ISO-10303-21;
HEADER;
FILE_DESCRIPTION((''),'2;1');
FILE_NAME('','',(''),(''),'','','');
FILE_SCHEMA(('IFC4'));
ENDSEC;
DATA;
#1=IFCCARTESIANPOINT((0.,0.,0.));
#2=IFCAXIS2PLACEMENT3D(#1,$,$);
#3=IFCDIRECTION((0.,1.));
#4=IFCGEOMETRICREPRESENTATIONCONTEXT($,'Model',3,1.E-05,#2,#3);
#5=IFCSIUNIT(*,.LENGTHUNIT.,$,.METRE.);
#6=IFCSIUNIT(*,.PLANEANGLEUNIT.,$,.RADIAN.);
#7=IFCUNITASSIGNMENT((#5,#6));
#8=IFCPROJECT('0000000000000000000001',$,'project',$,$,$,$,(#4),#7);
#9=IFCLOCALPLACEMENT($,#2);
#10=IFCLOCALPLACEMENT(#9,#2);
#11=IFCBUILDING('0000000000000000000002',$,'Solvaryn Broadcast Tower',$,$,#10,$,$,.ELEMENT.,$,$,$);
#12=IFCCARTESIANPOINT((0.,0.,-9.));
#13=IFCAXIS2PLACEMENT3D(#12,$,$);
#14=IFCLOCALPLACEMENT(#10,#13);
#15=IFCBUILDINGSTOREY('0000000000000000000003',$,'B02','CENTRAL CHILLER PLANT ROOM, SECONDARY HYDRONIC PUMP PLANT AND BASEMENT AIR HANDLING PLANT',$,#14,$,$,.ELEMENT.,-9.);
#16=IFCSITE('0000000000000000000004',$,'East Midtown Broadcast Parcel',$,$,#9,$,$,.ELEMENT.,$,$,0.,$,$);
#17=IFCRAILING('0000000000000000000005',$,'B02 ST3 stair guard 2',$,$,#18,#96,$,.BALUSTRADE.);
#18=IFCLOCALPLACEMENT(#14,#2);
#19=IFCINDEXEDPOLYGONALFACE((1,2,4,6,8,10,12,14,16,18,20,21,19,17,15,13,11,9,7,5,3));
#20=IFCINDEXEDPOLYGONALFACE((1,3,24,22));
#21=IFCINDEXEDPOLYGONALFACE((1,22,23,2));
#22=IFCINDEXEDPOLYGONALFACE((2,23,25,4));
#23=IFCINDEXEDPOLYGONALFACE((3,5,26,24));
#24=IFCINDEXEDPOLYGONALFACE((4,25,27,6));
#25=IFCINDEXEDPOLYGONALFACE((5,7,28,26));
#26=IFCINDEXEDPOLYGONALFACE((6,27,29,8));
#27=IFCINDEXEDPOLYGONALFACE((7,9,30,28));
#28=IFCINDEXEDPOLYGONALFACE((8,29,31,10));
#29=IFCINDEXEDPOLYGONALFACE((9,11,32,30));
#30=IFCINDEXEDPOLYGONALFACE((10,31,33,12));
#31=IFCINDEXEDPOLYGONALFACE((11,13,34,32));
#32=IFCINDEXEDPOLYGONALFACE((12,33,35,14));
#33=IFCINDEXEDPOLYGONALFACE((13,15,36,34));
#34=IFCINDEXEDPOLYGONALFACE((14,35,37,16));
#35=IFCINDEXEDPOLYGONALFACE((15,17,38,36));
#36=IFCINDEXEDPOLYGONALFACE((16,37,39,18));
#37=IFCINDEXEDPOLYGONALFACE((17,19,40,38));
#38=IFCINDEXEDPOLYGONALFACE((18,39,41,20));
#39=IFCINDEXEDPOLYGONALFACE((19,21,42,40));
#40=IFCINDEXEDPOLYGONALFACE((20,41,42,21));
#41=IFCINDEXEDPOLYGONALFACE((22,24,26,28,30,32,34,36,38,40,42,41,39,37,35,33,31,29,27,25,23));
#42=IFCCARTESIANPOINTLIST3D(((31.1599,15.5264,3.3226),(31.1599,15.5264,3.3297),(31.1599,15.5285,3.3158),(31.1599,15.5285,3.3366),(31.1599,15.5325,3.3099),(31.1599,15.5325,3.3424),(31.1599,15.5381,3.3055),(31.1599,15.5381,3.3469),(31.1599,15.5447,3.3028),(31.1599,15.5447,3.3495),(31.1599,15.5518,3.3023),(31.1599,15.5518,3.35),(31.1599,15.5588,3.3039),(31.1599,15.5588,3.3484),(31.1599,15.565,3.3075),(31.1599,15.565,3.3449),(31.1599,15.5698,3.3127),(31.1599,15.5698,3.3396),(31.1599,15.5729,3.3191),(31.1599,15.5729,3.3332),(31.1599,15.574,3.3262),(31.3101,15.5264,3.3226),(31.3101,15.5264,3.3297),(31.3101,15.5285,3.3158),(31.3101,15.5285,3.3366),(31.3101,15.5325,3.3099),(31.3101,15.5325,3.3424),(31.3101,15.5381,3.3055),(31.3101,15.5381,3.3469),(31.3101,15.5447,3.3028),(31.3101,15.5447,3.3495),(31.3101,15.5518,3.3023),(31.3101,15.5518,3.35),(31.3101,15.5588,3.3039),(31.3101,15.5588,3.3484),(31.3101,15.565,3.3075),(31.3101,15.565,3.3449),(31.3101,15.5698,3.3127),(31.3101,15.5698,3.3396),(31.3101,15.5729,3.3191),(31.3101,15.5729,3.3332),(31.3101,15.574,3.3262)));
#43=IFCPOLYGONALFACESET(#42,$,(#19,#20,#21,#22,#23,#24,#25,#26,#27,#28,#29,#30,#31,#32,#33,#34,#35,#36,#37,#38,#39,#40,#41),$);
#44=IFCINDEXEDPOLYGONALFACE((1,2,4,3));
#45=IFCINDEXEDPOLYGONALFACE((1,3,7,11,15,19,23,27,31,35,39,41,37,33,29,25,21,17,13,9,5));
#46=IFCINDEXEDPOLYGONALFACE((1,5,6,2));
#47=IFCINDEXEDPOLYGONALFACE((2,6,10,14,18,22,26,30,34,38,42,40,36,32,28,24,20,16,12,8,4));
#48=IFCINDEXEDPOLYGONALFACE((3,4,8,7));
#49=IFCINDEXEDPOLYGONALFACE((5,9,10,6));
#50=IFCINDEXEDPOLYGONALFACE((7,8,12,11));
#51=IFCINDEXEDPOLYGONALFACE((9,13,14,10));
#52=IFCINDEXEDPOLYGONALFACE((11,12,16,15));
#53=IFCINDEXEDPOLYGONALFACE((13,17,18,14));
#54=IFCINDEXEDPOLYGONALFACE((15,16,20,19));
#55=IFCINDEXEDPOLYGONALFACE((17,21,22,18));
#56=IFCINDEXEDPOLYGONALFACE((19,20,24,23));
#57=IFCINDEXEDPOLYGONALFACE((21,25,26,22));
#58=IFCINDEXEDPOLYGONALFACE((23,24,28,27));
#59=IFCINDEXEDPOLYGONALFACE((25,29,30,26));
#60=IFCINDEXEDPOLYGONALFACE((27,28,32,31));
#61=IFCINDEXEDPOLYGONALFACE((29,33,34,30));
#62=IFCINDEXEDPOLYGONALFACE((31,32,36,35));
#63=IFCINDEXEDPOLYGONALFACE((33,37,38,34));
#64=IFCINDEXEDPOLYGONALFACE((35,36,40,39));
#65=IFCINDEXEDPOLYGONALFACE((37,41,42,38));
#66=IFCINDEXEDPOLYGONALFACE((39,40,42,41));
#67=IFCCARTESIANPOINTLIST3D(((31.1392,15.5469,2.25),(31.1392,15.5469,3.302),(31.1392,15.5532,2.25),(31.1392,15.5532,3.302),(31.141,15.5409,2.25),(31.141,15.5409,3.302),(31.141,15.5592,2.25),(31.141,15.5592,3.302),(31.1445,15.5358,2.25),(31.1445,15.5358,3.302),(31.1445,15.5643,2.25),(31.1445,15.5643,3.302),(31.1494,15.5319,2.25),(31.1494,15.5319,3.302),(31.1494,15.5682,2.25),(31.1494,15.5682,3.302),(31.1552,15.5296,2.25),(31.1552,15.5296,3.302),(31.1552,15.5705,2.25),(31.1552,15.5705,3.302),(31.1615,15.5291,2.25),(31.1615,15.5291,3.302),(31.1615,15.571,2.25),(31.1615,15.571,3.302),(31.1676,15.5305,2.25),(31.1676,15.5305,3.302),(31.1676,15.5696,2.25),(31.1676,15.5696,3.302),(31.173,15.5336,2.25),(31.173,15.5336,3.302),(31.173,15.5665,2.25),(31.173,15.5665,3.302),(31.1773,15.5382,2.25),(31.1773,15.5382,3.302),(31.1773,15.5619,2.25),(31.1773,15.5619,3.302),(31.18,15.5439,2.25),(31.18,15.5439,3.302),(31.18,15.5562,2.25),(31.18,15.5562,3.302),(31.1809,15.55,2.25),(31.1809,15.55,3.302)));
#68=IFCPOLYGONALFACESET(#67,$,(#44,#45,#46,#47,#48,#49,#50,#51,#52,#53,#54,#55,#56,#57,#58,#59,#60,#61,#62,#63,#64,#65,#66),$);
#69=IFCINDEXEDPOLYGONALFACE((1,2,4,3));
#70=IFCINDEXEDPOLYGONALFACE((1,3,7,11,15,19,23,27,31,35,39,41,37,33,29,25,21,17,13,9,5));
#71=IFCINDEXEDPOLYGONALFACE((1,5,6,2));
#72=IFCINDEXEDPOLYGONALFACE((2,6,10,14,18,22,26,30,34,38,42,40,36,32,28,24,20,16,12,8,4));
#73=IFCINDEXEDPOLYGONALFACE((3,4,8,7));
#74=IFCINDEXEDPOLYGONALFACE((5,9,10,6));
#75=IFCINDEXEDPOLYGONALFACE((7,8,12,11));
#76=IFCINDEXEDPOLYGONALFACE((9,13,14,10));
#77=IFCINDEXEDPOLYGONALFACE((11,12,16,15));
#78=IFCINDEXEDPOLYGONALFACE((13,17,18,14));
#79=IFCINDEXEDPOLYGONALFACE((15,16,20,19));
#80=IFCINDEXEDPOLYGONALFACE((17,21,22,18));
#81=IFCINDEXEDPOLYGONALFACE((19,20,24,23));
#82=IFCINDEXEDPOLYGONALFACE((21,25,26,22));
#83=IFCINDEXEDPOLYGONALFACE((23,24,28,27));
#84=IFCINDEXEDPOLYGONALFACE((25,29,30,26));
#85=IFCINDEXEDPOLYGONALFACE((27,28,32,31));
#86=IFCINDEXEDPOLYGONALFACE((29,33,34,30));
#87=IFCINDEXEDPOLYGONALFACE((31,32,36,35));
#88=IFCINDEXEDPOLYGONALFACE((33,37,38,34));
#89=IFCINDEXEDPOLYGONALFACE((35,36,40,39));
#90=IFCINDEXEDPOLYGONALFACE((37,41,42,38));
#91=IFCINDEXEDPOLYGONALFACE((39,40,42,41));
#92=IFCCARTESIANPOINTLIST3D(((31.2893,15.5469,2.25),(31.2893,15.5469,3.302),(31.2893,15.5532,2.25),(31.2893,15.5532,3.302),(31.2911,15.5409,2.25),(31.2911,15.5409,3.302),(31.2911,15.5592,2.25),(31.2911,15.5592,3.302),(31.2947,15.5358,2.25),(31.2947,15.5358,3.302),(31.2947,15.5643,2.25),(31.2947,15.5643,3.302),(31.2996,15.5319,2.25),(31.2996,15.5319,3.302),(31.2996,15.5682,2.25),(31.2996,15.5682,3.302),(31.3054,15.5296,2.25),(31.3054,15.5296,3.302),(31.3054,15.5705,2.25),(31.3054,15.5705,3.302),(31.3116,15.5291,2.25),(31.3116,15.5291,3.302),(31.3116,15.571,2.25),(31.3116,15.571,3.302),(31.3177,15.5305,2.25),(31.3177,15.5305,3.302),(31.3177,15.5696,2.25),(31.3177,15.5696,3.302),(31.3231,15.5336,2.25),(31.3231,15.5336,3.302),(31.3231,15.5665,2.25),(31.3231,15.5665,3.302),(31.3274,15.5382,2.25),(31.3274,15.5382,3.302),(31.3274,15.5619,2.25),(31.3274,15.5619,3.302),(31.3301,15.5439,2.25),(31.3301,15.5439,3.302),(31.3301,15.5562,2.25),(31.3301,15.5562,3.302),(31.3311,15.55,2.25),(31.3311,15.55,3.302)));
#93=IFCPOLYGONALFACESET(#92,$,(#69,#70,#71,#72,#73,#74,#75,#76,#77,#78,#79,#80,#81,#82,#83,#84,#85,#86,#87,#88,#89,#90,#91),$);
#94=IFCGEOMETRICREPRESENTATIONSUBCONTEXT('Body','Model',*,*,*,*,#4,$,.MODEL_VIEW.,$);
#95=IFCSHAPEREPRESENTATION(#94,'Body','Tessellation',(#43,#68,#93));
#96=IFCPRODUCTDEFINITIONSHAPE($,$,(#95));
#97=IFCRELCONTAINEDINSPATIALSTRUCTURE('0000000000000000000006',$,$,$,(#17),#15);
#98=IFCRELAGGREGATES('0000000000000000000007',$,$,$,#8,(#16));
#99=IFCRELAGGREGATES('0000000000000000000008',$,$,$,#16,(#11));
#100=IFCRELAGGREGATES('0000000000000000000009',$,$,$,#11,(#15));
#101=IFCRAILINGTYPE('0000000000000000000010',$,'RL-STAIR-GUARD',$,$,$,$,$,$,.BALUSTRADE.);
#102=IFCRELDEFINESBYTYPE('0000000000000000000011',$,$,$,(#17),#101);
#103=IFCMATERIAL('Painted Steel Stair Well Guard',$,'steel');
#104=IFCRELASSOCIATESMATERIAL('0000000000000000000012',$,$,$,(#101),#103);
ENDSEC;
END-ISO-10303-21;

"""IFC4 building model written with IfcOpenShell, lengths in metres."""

from ifc_helpers import new_model, si_unit, direction, frame, origin, origin_2d, place, context, subcontext, project, spatial, circle, extrude, material, type_object, element, save


model = new_model("IFC4")

# Units and contexts
model_context = context("Model", 3, precision=1e-05, world=origin(), true_north=direction((0.0, 1.0)))
body_context = subcontext(model_context, "Body", "Model", "MODEL_VIEW")
ifc_project = project(units=[si_unit("LENGTHUNIT", "METRE"), si_unit("PLANEANGLEUNIT", "RADIAN")], contexts=[model_context])

# Site, building, storey
site_placement = place(None, origin())
site = spatial("IfcSite", under=ifc_project, at=site_placement, Name="East Midtown Broadcast Parcel", CompositionType="ELEMENT", RefElevation=0.0)
building_placement = place(site_placement, origin())
building = spatial("IfcBuilding", under=site, at=building_placement, Name="Solvaryn Broadcast Tower", CompositionType="ELEMENT")
storey_placement = place(building_placement, frame((0.0, 0.0, -9.0)))
storey = spatial("IfcBuildingStorey", under=building, at=storey_placement, Name="B02", Description="CENTRAL CHILLER PLANT ROOM, SECONDARY HYDRONIC PUMP PLANT AND BASEMENT AIR HANDLING PLANT", CompositionType="ELEMENT", Elevation=-9.0)

# Railing
ifc_material_1 = material(Name="Painted Steel Stair Well Guard", Category="steel")
railing_type_1 = type_object("IfcRailingType", Name="RL-STAIR-GUARD", PredefinedType="BALUSTRADE", material=ifc_material_1)
railing_1_placement = place(storey_placement, frame((31.1599, 15.55, 2.25)))
element("IfcRailing", 1, at=railing_1_placement, inside=storey, type_object=railing_type_1, Name="B02 ST3 stair guard 2", PredefinedType="BALUSTRADE", context=body_context, shape_type="SweptSolid", body=[
    extrude(circle(Radius=0.0239, at=origin_2d()), frame((0.0, 0.0, 1.0762), z_axis=(1.0, 0.0, 0.0), x_axis=(0.0, 1.0, 0.0)), (0.0, 0.0, 1.0), 0.1501),
    extrude(circle(Radius=0.021, at=origin_2d()), origin(), (0.0, 0.0, 1.0), 1.052),
    extrude(circle(Radius=0.021, at=origin_2d()), frame((0.1501, 0.0, 0.0)), (0.0, 0.0, 1.0), 1.052),
])

save(model, "model.ifc")
